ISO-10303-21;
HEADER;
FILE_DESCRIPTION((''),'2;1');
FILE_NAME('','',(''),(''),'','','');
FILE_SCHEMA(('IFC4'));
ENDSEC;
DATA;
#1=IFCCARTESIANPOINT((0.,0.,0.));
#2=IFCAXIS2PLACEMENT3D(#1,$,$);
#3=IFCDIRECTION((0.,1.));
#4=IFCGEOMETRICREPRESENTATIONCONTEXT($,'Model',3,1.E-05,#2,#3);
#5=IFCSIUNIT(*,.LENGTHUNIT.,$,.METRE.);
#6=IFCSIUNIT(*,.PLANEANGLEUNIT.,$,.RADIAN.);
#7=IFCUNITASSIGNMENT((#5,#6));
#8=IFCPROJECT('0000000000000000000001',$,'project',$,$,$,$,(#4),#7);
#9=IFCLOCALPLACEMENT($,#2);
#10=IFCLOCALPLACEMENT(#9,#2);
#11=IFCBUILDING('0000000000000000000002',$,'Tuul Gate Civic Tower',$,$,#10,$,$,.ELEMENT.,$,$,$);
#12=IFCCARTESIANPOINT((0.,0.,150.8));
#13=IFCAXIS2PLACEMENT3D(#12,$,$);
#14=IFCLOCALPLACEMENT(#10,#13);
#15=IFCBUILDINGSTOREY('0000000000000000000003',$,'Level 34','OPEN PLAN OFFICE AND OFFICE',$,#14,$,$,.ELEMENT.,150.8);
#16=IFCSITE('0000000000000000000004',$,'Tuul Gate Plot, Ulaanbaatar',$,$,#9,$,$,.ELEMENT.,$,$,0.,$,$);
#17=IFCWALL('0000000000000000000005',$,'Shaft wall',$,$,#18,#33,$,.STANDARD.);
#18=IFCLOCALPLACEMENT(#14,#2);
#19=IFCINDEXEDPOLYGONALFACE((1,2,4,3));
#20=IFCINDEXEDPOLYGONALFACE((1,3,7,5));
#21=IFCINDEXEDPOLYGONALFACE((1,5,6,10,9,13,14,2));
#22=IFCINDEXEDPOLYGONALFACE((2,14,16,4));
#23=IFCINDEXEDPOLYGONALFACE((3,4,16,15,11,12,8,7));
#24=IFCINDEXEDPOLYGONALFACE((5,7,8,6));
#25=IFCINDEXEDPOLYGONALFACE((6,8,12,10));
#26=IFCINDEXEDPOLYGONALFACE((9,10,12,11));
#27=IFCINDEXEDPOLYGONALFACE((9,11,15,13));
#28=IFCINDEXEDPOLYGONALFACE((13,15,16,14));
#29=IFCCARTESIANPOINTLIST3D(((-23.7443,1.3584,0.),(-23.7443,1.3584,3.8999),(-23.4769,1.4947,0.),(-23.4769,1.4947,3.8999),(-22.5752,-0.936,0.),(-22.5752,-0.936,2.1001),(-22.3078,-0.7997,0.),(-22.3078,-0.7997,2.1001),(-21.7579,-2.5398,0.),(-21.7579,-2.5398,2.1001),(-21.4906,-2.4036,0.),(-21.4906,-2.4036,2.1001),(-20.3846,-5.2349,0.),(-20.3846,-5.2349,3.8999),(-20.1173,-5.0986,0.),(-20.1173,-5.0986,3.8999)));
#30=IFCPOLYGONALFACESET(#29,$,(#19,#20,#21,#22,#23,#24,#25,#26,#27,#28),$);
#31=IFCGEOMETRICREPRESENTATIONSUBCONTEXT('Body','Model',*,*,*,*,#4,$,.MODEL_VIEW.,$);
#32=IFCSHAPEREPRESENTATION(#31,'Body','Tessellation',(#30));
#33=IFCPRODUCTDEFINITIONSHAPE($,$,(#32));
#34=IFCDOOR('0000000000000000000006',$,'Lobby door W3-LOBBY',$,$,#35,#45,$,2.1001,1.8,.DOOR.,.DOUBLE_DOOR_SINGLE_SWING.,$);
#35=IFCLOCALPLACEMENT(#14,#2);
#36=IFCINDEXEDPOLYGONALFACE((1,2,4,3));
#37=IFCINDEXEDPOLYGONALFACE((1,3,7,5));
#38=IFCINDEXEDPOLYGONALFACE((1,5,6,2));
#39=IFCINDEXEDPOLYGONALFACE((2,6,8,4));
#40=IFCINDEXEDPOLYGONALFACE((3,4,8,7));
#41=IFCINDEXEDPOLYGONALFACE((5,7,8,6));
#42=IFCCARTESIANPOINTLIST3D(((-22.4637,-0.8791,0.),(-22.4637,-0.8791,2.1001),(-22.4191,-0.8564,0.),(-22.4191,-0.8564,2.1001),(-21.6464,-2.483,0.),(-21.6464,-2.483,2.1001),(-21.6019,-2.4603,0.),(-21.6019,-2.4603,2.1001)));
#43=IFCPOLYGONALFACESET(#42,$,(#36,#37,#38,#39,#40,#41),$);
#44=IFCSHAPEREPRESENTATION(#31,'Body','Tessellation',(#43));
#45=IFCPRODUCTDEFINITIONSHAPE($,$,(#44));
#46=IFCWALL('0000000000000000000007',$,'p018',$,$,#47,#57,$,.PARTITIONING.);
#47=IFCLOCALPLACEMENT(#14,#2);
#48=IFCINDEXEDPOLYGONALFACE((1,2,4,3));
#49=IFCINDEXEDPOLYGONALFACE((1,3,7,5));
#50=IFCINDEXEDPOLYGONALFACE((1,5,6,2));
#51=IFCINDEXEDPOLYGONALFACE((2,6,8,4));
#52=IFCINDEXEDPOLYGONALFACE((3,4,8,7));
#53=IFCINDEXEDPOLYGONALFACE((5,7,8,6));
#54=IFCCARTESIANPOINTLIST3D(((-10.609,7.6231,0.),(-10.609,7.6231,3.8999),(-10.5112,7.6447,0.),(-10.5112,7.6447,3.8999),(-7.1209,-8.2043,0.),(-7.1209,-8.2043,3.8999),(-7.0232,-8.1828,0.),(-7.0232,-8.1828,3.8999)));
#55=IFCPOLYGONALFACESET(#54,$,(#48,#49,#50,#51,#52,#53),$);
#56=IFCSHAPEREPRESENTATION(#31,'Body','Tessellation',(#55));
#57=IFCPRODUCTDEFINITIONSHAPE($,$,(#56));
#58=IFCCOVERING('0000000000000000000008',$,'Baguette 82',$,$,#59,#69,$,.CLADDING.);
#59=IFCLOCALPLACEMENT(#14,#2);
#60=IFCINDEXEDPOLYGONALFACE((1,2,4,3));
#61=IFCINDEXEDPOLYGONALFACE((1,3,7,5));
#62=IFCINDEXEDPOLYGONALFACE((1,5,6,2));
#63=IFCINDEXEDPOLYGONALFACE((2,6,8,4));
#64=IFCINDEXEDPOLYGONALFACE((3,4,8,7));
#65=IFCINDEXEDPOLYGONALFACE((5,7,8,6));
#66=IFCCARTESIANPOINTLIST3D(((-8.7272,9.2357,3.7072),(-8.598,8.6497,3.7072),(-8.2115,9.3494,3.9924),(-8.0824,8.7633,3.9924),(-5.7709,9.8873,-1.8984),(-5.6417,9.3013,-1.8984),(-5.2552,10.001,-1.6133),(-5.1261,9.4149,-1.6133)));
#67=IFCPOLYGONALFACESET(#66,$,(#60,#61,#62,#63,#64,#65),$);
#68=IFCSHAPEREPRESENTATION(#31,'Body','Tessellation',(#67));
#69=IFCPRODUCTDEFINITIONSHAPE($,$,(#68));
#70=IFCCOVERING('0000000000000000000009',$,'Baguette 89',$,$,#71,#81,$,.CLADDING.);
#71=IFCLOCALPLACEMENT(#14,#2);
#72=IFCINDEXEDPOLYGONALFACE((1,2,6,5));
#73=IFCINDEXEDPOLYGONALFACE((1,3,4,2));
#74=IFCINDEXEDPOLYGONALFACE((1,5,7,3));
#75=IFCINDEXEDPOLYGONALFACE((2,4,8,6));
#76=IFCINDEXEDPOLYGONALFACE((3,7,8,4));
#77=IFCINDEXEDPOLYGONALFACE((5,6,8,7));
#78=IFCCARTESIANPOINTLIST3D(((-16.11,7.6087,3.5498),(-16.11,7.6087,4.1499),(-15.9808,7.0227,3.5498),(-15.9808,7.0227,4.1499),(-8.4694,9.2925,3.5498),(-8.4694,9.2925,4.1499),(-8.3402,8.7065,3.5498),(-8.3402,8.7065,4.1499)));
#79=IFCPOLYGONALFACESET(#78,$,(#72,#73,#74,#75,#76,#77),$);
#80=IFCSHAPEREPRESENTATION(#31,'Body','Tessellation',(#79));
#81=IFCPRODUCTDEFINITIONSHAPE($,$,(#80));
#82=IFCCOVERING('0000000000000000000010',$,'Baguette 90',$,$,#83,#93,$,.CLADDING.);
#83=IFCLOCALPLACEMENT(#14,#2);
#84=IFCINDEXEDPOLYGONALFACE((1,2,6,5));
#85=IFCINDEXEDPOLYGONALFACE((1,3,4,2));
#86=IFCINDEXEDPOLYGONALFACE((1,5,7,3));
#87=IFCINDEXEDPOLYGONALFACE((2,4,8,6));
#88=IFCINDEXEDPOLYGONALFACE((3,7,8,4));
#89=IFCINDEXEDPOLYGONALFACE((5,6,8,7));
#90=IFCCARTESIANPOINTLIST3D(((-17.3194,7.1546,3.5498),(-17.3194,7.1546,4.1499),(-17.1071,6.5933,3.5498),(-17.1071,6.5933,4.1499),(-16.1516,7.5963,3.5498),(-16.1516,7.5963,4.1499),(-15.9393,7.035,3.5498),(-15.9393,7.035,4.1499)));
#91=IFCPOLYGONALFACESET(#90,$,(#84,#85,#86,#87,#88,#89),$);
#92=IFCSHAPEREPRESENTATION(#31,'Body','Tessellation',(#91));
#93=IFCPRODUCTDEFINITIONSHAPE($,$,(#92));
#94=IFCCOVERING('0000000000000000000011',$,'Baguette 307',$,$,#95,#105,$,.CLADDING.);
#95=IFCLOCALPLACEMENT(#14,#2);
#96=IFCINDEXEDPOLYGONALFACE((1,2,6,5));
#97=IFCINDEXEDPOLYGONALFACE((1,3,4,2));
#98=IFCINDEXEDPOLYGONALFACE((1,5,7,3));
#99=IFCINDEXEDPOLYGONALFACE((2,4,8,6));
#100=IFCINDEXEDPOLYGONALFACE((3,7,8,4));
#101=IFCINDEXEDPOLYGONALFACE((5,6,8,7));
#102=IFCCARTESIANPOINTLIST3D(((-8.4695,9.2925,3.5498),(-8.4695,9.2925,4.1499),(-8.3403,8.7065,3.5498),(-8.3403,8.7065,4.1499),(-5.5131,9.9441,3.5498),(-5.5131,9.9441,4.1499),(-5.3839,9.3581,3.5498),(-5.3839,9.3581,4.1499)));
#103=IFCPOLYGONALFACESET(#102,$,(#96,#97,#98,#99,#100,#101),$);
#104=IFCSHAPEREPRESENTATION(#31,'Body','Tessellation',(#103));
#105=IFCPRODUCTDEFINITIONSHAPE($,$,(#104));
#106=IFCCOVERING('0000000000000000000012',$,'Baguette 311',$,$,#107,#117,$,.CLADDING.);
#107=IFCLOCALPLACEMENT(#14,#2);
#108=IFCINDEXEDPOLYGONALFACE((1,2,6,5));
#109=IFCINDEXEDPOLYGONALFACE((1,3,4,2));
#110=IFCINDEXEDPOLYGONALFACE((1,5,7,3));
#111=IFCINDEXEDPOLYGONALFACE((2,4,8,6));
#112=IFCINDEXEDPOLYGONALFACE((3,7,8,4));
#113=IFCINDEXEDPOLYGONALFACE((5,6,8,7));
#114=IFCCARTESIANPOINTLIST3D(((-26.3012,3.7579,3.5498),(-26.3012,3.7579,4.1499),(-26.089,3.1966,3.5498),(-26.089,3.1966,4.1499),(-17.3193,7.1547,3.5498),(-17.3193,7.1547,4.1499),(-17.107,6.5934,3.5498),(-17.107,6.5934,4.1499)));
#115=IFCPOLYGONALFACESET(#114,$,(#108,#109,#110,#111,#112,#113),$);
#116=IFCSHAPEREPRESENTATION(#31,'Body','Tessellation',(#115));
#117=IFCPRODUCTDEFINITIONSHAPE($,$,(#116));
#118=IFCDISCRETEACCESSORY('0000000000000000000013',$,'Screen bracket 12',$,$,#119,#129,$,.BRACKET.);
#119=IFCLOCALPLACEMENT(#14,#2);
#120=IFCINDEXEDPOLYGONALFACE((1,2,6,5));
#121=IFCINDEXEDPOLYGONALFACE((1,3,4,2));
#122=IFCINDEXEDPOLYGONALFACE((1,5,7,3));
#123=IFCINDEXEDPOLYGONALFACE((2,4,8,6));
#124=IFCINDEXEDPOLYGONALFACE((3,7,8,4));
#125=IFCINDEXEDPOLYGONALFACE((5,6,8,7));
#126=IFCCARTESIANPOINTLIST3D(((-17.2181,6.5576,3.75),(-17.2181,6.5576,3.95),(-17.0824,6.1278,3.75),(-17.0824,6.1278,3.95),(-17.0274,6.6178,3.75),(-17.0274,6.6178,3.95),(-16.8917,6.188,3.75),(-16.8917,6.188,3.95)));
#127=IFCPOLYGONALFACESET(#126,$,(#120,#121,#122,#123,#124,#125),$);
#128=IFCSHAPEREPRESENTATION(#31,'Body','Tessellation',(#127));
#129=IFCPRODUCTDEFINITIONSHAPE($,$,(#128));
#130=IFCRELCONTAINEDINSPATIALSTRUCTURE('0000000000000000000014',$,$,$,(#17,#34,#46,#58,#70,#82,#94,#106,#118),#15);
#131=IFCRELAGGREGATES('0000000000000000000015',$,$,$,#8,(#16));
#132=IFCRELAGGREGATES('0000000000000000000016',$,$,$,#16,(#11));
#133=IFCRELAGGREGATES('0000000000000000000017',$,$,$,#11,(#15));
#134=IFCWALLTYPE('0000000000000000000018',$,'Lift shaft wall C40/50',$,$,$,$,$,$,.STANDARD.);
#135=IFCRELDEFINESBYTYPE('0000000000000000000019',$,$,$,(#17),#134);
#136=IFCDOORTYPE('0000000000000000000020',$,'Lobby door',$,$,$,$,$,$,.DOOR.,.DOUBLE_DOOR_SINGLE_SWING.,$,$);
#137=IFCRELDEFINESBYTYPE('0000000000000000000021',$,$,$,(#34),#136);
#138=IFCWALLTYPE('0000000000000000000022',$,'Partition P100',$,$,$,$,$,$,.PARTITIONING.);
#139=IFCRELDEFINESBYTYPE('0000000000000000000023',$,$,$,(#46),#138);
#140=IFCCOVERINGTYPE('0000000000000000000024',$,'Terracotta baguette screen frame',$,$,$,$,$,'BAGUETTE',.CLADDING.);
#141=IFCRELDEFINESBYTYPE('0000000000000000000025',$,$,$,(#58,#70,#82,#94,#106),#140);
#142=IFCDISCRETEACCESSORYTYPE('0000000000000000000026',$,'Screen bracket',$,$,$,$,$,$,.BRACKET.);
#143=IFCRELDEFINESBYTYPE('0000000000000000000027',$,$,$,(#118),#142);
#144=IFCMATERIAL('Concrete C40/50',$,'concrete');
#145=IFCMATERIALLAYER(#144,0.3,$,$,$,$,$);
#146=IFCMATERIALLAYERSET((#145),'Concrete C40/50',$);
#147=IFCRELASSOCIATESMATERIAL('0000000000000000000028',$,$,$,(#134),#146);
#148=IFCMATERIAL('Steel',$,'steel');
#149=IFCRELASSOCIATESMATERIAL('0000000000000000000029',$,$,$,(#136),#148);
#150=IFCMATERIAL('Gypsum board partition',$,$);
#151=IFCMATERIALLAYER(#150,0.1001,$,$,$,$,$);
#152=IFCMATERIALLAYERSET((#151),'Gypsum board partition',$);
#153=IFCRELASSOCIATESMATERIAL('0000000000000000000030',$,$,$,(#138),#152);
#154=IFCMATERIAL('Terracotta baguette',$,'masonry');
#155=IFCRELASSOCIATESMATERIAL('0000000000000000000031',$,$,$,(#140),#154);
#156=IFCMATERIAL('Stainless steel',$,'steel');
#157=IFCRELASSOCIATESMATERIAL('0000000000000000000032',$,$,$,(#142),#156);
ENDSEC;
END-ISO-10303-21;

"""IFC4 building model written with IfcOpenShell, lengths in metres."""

from ifc_helpers import new_model, si_unit, direction, frame, frame_2d, origin, origin_2d, place, context, subcontext, project, spatial, rectangle, extrude, material, layer, layer_set, material_profile, profile_set, type_object, element, fill, save


model = new_model("IFC4")

# Units and contexts
model_context = context("Model", 3, precision=1e-05, world=origin(), true_north=direction((0.0, 1.0)))
body_context = subcontext(model_context, "Body", "Model", "MODEL_VIEW")
ifc_project = project(units=[si_unit("LENGTHUNIT", "METRE"), si_unit("PLANEANGLEUNIT", "RADIAN")], contexts=[model_context])

# Site, building, storey
site_placement = place(None, origin())
site = spatial("IfcSite", under=ifc_project, at=site_placement, Name="Tuul Gate Plot, Ulaanbaatar", CompositionType="ELEMENT", RefElevation=0.0)
building_placement = place(site_placement, origin())
building = spatial("IfcBuilding", under=site, at=building_placement, Name="Tuul Gate Civic Tower", CompositionType="ELEMENT")
storey_placement = place(building_placement, frame((0.0, 0.0, 150.8)))
storey = spatial("IfcBuildingStorey", under=building, at=storey_placement, Name="Level 34", Description="OPEN PLAN OFFICE AND OFFICE", CompositionType="ELEMENT", Elevation=150.8)

# Shared definitions
ifc_material_1 = material(Name="Concrete C40/50", Category="concrete")
ifc_layer_1 = layer(ifc_material_1, 0.3)
ifc_layer_set_1 = layer_set([ifc_layer_1], Name="Concrete C40/50")
wall_type_1 = type_object("IfcWallType", Name="Lift shaft wall C40/50", PredefinedType="STANDARD", material=ifc_layer_set_1)

# Wall, opening, door
wall_1_placement = place(storey_placement, frame((-20.251, -5.1667, 0.0), z_axis=(0.0, 0.0, 1.0), x_axis=(-0.45401, 0.890996, 0.0)))
wall_1 = element("IfcWall", 1, at=wall_1_placement, inside=storey, type_object=wall_type_1, Name="Shaft wall", PredefinedType="STANDARD", context=body_context, shape_type="SweptSolid", body=[
    extrude(rectangle(XDim=7.3999, YDim=0.3, at=frame_2d((3.7, 0.0))), origin(), (0.0, 0.0, 1.0), 3.8999),
])
opening_1_placement = place(wall_1_placement, frame((3.0249, 0.0, 0.0)))
opening_1 = element("IfcOpeningElement", 2, at=opening_1_placement, cuts=wall_1, PredefinedType="OPENING", context=body_context, shape_type="SweptSolid", body=[
    extrude(rectangle(XDim=1.8, YDim=2.1001, at=frame_2d((0.8999, 1.05))), frame((0.0, 0.1602, 0.0), z_axis=(0.0, -1.0, 0.0), x_axis=(1.0, 0.0, 0.0)), (0.0, 0.0, 1.0), 0.3201),
])
ifc_material_2 = material(Name="Steel", Category="steel")
door_type_1 = type_object("IfcDoorType", Name="Lobby door", OperationType="DOUBLE_DOOR_SINGLE_SWING", PredefinedType="DOOR", material=ifc_material_2)
door_1_placement = place(opening_1_placement, origin())
door_1 = element("IfcDoor", 3, at=door_1_placement, inside=storey, type_object=door_type_1, Name="Lobby door W3-LOBBY", OperationType="DOUBLE_DOOR_SINGLE_SWING", OverallHeight=2.1001, OverallWidth=1.8, PredefinedType="DOOR", context=body_context, shape_type="SweptSolid", body=[
    extrude(rectangle(XDim=1.8, YDim=2.1001, at=frame_2d((0.8999, 1.05))), frame((0.0, 0.0249, 0.0), z_axis=(0.0, -1.0, 0.0), x_axis=(1.0, 0.0, 0.0)), (0.0, 0.0, 1.0), 0.05),
])
fill(opening_1, door_1)

# Wall
ifc_material_3 = material(Name="Gypsum board partition")
ifc_layer_2 = layer(ifc_material_3, 0.1001)
ifc_layer_set_2 = layer_set([ifc_layer_2], Name="Gypsum board partition")
wall_type_2 = type_object("IfcWallType", Name="Partition P100", PredefinedType="PARTITIONING", material=ifc_layer_set_2)
wall_2_placement = place(storey_placement, frame((-10.5601, 7.6338, 0.0), z_axis=(0.0, 0.0, 1.0), x_axis=(0.215216, -0.976567, 0.0)))
element("IfcWall", 4, at=wall_2_placement, inside=storey, type_object=wall_type_2, Name="p018", PredefinedType="PARTITIONING", context=body_context, shape_type="SweptSolid", body=[
    extrude(rectangle(XDim=16.2073, YDim=0.1001, at=frame_2d((8.1035, 0.0))), origin(), (0.0, 0.0, 1.0), 3.8999),
])

# Coverings
ifc_material_4 = material(Name="Terracotta baguette", Category="masonry")
ifc_material_profile_1 = material_profile(ifc_material_4, rectangle(XDim=0.6001, YDim=0.6001, at=origin_2d()), Name="Terracotta baguette screen frame")
ifc_profile_set_1 = profile_set([ifc_material_profile_1], Name="Terracotta baguette")
covering_type = type_object("IfcCoveringType", Name="Terracotta baguette screen frame", ElementType="BAGUETTE", PredefinedType="CLADDING", material=ifc_profile_set_1)
covering_1_placement = place(storey_placement, frame((-5.4485, 9.6511, -1.7559), z_axis=(-0.464032, -0.102279, 0.879894), x_axis=(0.215248, -0.976559, 0.0)))
element("IfcCovering", 5, at=covering_1_placement, inside=storey, type_object=covering_type, Name="Baguette 82", PredefinedType="CLADDING", context=body_context, shape_type="SweptSolid", body=[
    extrude(rectangle(XDim=0.6001, YDim=0.6001, at=origin_2d()), origin(), (0.0, 0.0, 1.0), 6.3708),
])
covering_2_placement = place(storey_placement, frame((-8.4048, 8.9995, 3.8499), z_axis=(-0.976567, -0.215215, 0.0), x_axis=(0.215215, -0.976567, 0.0)))
element("IfcCovering", 6, at=covering_2_placement, inside=storey, type_object=covering_type, Name="Baguette 89", PredefinedType="CLADDING", context=body_context, shape_type="SweptSolid", body=[
    extrude(rectangle(XDim=0.6001, YDim=0.6001, at=origin_2d()), origin(), (0.0, 0.0, 1.0), 7.824),
])
covering_3_placement = place(storey_placement, frame((-16.0454, 7.3157, 3.8499), z_axis=(-0.935337, -0.353758, 0.0), x_axis=(0.353758, -0.935337, 0.0)))
element("IfcCovering", 7, at=covering_3_placement, inside=storey, type_object=covering_type, Name="Baguette 90", PredefinedType="CLADDING", context=body_context, shape_type="SweptSolid", body=[
    extrude(rectangle(XDim=0.6001, YDim=0.6001, at=origin_2d()), origin(), (0.0, 0.0, 1.0), 1.2485),
])
covering_4_placement = place(storey_placement, frame((-5.4485, 9.6511, 3.8499), z_axis=(-0.976559, -0.215248, 0.0), x_axis=(0.215248, -0.976559, 0.0)))
element("IfcCovering", 8, at=covering_4_placement, inside=storey, type_object=covering_type, Name="Baguette 307", PredefinedType="CLADDING", context=body_context, shape_type="SweptSolid", body=[
    extrude(rectangle(XDim=0.6001, YDim=0.6001, at=origin_2d()), origin(), (0.0, 0.0, 1.0), 3.0273),
])
covering_5_placement = place(storey_placement, frame((-17.2131, 6.874, 3.8499), z_axis=(-0.93535, -0.353724, 0.0), x_axis=(0.353724, -0.93535, 0.0)))
element("IfcCovering", 9, at=covering_5_placement, inside=storey, type_object=covering_type, Name="Baguette 311", PredefinedType="CLADDING", context=body_context, shape_type="SweptSolid", body=[
    extrude(rectangle(XDim=0.6001, YDim=0.6001, at=origin_2d()), origin(), (0.0, 0.0, 1.0), 9.6028),
])

# Discrete accessory
ifc_material_5 = material(Name="Stainless steel", Category="steel")
discrete_accessory_type = type_object("IfcDiscreteAccessoryType", Name="Screen bracket", PredefinedType="BRACKET", material=ifc_material_5)
discrete_accessory_placement = place(storey_placement, frame((-17.0549, 6.3728, 3.75), z_axis=(0.0, 0.0, 1.0), x_axis=(-0.301087, 0.953597, 0.0)))
element("IfcDiscreteAccessory", 10, at=discrete_accessory_placement, inside=storey, type_object=discrete_accessory_type, Name="Screen bracket 12", PredefinedType="BRACKET", context=body_context, shape_type="SweptSolid", body=[
    extrude(rectangle(XDim=0.4507, YDim=0.2, at=origin_2d()), origin(), (0.0, 0.0, 1.0), 0.2),
])

save(model, "model.ifc")
